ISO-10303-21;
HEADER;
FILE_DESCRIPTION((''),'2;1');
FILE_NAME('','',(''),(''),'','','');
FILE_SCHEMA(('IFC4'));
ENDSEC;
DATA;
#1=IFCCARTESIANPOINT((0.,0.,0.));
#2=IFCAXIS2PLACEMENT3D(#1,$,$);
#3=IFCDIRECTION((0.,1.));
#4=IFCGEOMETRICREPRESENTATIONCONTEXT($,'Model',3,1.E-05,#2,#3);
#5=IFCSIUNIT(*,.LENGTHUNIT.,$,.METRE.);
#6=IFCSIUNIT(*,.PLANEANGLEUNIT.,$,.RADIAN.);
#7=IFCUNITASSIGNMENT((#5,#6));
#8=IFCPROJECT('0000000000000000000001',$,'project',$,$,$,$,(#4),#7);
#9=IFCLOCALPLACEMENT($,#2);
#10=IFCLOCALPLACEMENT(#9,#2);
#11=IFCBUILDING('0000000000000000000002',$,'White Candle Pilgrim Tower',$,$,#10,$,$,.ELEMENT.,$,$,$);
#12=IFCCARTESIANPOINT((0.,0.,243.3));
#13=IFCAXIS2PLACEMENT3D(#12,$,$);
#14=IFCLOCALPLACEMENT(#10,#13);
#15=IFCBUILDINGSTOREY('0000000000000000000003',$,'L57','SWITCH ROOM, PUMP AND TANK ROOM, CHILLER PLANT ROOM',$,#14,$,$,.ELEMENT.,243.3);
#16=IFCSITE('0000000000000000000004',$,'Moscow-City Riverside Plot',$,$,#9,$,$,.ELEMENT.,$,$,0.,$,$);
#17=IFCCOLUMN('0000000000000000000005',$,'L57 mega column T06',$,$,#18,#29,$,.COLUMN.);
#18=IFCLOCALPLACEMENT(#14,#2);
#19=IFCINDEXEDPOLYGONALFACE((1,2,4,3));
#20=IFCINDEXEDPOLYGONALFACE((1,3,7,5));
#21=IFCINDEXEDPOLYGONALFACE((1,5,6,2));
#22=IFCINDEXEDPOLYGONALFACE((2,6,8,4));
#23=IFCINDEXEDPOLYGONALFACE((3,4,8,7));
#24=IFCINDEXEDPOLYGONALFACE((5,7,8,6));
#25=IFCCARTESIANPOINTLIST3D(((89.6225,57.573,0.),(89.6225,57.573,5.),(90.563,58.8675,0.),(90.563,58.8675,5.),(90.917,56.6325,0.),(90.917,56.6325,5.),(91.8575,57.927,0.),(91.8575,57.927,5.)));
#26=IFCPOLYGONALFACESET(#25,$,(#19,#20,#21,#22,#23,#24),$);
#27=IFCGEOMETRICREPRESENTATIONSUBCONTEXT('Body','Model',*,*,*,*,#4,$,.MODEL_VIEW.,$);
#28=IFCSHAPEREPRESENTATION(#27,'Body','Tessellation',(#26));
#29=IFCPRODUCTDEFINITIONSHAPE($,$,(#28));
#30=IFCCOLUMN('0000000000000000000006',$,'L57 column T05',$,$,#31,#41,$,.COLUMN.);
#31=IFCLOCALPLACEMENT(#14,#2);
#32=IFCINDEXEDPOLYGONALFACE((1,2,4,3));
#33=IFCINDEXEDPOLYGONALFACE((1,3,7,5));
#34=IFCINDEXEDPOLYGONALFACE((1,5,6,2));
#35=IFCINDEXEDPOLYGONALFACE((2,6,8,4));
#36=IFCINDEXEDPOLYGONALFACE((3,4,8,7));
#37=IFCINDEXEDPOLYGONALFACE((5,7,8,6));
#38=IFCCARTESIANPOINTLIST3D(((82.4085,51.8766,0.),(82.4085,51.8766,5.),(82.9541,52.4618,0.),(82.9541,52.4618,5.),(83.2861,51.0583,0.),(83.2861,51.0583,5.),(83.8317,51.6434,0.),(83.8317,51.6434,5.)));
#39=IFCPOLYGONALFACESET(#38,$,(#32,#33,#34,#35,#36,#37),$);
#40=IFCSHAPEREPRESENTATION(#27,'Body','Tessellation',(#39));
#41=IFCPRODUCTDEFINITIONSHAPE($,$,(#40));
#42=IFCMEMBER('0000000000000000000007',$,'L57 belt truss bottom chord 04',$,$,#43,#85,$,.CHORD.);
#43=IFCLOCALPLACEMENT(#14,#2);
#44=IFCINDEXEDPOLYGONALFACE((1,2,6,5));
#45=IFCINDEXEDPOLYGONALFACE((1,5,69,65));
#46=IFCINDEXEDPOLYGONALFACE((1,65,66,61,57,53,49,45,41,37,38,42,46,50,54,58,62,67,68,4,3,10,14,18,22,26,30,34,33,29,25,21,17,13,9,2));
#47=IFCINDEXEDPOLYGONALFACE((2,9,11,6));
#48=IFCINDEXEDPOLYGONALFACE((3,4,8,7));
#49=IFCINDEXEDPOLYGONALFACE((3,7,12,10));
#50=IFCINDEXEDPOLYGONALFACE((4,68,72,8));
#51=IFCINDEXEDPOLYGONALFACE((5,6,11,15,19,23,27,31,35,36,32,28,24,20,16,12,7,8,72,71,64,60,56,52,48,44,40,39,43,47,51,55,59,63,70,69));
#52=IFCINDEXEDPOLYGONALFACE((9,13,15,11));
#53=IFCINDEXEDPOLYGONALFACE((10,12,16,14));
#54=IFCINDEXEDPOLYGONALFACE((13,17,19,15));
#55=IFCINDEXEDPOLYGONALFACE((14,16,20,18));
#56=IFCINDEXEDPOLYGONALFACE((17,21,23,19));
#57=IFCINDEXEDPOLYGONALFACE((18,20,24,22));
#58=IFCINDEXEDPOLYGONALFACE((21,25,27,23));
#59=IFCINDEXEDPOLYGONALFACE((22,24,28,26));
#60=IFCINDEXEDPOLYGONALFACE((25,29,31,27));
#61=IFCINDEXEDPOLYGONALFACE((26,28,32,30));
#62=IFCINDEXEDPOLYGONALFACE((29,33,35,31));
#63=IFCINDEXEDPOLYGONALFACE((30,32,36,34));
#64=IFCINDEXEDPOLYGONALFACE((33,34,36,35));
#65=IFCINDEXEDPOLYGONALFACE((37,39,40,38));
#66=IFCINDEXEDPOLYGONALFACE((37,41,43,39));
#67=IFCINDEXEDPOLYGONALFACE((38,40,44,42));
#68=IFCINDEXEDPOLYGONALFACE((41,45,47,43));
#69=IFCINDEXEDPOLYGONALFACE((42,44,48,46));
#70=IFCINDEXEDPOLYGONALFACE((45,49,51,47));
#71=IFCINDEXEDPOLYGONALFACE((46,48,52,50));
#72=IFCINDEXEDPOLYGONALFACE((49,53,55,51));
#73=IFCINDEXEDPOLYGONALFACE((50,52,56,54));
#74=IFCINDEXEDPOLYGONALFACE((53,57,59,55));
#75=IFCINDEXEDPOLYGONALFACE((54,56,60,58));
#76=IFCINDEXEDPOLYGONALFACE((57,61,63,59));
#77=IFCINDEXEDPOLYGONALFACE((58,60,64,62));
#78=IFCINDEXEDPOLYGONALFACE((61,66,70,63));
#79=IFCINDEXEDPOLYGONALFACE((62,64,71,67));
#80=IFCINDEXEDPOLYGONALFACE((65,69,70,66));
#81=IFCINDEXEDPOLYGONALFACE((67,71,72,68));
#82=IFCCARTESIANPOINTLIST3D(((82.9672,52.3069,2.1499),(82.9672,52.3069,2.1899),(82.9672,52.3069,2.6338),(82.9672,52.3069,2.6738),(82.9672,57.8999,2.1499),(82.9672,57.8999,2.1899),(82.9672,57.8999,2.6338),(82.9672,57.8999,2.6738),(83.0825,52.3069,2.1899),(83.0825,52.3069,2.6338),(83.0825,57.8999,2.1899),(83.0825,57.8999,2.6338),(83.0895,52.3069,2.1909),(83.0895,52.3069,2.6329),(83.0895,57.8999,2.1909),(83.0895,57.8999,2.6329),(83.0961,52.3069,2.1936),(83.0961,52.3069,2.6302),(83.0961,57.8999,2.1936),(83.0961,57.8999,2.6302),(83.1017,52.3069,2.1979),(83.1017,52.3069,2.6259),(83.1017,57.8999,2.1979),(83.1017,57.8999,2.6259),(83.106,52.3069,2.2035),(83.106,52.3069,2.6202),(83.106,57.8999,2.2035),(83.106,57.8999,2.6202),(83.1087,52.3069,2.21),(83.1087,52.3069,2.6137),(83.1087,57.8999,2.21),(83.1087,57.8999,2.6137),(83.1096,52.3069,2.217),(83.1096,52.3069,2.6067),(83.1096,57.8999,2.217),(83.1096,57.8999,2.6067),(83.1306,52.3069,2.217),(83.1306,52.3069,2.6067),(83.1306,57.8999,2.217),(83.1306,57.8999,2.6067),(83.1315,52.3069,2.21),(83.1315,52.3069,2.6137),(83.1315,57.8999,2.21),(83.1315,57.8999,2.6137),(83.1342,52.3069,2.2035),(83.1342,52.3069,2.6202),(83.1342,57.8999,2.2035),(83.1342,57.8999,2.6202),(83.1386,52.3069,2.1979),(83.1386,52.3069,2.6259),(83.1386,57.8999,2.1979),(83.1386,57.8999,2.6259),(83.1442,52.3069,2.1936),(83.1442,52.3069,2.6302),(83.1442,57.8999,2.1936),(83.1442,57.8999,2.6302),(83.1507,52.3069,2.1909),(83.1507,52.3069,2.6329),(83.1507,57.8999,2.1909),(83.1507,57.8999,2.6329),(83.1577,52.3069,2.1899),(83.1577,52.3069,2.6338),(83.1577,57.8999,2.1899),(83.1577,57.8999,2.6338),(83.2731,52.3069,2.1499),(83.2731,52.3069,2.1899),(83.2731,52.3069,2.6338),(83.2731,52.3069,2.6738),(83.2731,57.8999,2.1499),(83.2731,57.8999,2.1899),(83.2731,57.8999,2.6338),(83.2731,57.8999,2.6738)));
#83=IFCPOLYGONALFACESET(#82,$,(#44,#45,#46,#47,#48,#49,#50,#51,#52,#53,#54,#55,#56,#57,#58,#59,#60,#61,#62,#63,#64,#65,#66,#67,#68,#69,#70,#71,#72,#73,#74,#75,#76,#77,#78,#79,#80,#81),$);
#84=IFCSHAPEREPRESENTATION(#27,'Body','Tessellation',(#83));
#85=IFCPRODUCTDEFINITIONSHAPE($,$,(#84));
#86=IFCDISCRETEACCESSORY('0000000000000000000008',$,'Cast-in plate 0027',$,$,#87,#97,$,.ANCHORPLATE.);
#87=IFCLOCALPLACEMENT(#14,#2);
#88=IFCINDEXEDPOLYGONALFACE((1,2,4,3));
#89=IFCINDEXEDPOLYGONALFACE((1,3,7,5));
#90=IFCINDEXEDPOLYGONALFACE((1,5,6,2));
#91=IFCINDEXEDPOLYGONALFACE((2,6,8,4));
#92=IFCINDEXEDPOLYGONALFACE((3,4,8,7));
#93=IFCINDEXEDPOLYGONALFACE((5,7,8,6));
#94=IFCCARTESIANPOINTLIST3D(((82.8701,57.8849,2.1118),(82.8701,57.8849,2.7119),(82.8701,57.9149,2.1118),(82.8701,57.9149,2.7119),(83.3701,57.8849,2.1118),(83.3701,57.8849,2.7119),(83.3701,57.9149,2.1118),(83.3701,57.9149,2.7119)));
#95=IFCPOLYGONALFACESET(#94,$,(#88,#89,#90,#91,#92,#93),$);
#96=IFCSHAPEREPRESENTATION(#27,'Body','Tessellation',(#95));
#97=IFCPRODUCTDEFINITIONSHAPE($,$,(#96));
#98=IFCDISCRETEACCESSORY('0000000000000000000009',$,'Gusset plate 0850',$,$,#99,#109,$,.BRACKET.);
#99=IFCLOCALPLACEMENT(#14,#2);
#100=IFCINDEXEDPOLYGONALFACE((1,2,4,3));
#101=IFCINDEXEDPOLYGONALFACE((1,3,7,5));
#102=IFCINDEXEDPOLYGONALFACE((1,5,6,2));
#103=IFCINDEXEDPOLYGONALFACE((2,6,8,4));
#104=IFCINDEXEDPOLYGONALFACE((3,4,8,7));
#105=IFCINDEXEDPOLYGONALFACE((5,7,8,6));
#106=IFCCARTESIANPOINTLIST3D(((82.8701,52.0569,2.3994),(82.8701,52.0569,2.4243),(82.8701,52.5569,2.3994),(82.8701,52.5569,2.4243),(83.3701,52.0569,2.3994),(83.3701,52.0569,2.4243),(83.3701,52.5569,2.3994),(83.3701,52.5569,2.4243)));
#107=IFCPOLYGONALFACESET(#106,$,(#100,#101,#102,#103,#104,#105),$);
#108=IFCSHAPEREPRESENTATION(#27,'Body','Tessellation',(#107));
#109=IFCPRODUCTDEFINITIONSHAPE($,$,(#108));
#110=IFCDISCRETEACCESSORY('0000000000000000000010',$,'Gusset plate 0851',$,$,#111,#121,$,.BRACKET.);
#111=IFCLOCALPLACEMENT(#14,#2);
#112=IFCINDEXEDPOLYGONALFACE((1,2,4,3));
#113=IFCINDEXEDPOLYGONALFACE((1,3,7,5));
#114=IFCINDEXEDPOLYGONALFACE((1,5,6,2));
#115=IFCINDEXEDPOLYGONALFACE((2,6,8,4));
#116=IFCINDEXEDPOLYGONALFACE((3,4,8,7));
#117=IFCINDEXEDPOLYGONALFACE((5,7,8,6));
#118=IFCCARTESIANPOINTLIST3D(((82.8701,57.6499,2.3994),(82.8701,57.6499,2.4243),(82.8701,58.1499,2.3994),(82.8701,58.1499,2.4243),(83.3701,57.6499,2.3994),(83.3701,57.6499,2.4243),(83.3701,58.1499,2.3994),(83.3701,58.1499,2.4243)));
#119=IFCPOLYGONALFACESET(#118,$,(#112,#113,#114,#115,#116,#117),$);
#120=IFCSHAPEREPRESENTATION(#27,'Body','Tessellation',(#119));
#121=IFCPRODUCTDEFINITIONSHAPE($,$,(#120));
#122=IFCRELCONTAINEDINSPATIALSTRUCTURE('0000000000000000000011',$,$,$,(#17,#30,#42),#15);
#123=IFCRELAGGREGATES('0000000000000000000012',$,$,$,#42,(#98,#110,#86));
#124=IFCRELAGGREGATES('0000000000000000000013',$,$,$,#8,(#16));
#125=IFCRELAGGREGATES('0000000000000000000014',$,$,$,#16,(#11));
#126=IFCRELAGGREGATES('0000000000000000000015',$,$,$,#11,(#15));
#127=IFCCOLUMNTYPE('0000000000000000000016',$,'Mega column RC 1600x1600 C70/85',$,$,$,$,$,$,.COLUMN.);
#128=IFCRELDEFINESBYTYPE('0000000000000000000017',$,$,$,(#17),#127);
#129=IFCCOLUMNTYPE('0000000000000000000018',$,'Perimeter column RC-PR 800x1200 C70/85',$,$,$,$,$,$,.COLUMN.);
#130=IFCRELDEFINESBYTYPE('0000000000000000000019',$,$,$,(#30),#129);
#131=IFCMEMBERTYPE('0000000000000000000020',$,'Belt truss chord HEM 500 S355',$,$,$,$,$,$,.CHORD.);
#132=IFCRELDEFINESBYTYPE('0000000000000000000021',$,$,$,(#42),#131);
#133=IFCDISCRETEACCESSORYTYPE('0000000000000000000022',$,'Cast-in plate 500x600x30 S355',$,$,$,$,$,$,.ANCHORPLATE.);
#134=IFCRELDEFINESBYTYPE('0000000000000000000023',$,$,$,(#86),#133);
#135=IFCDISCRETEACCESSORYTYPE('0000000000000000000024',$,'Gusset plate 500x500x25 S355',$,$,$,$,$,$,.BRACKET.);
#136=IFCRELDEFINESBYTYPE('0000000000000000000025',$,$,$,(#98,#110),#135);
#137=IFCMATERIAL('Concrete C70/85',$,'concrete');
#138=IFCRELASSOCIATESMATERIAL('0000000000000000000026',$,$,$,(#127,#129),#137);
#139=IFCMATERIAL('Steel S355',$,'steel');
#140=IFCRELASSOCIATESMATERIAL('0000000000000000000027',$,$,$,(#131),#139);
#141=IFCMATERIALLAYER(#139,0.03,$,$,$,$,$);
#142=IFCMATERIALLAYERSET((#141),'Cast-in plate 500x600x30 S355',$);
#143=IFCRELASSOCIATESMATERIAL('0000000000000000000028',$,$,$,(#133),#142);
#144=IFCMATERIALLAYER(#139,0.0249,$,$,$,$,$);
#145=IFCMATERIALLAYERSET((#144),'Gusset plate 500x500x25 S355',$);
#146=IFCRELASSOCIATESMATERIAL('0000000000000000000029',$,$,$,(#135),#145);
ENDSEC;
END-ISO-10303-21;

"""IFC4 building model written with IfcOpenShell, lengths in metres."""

from ifc_helpers import new_model, si_unit, direction, frame, origin, origin_2d, place, context, subcontext, project, spatial, rectangle, i_section, extrude, material, layer, layer_set, material_profile, profile_set, type_object, element, aggregate, save


model = new_model("IFC4")

# Units and contexts
model_context = context("Model", 3, precision=1e-05, world=origin(), true_north=direction((0.0, 1.0)))
body_context = subcontext(model_context, "Body", "Model", "MODEL_VIEW")
ifc_project = project(units=[si_unit("LENGTHUNIT", "METRE"), si_unit("PLANEANGLEUNIT", "RADIAN")], contexts=[model_context])

# Site, building, storey
site_placement = place(None, origin())
site = spatial("IfcSite", under=ifc_project, at=site_placement, Name="Moscow-City Riverside Plot", CompositionType="ELEMENT", RefElevation=0.0)
building_placement = place(site_placement, origin())
building = spatial("IfcBuilding", under=site, at=building_placement, Name="White Candle Pilgrim Tower", CompositionType="ELEMENT")
storey_placement = place(building_placement, frame((0.0, 0.0, 243.3)))
storey = spatial("IfcBuildingStorey", under=building, at=storey_placement, Name="L57", Description="SWITCH ROOM, PUMP AND TANK ROOM, CHILLER PLANT ROOM", CompositionType="ELEMENT", Elevation=243.3)

# Columns
ifc_material_1 = material(Name="Concrete C70/85", Category="concrete")
ifc_material_profile_1 = material_profile(ifc_material_1, rectangle(XDim=1.6001, YDim=1.6001, at=origin_2d()), Name="RC 1600x1600")
ifc_profile_set_1 = profile_set([ifc_material_profile_1], Name="Concrete C70/85")
column_type_1 = type_object("IfcColumnType", Name="Mega column RC 1600x1600 C70/85", PredefinedType="COLUMN", material=ifc_profile_set_1)
column_1_placement = place(storey_placement, frame((90.74, 57.75, 0.0), z_axis=(0.0, 0.0, 1.0), x_axis=(0.809017, -0.587785, 0.0)))
element("IfcColumn", 1, at=column_1_placement, inside=storey, type_object=column_type_1, Name="L57 mega column T06", PredefinedType="COLUMN", context=body_context, shape_type="SweptSolid", body=[
    extrude(rectangle(XDim=1.6001, YDim=1.6001, at=origin_2d()), origin(), (0.0, 0.0, 1.0), 5.0),
])
ifc_material_profile_2 = material_profile(ifc_material_1, rectangle(XDim=0.8, YDim=1.2, at=origin_2d()), Name="RC-PR 800x1200")
ifc_profile_set_2 = profile_set([ifc_material_profile_2], Name="Concrete C70/85")
column_type_2 = type_object("IfcColumnType", Name="Perimeter column RC-PR 800x1200 C70/85", PredefinedType="COLUMN", material=ifc_profile_set_2)
column_2_placement = place(storey_placement, frame((83.1201, 51.76, 0.0), z_axis=(0.0, 0.0, 1.0), x_axis=(-0.681998, -0.731354, 0.0)))
element("IfcColumn", 2, at=column_2_placement, inside=storey, type_object=column_type_2, Name="L57 column T05", PredefinedType="COLUMN", context=body_context, shape_type="SweptSolid", body=[
    extrude(rectangle(XDim=0.8, YDim=1.2, at=origin_2d()), origin(), (0.0, 0.0, 1.0), 5.0),
])

# Member
ifc_material_2 = material(Name="Steel S355", Category="steel")
ifc_material_profile_3 = material_profile(ifc_material_2, i_section(OverallWidth=0.3059, OverallDepth=0.5239, WebThickness=0.021, FlangeThickness=0.04, FilletRadius=0.0271, at=origin_2d()), Name="HEM 500")
ifc_profile_set_3 = profile_set([ifc_material_profile_3], Name="Steel S355")
member_type_1 = type_object("IfcMemberType", Name="Belt truss chord HEM 500 S355", PredefinedType="CHORD", material=ifc_profile_set_3)
member_1_placement = place(storey_placement, frame((83.1201, 52.3069, 2.4119), z_axis=(0.0, 1.0, 0.0), x_axis=(1.0, 0.0, 0.0)))
member_1 = element("IfcMember", 3, at=member_1_placement, inside=storey, type_object=member_type_1, Name="L57 belt truss bottom chord 04", PredefinedType="CHORD", context=body_context, shape_type="SweptSolid", body=[
    extrude(i_section(OverallWidth=0.3059, OverallDepth=0.5239, WebThickness=0.021, FlangeThickness=0.04, FilletRadius=0.0271, at=origin_2d()), origin(), (0.0, 0.0, 1.0), 5.593),
])

# Discrete accessories
ifc_layer_1 = layer(ifc_material_2, 0.03)
ifc_layer_set_1 = layer_set([ifc_layer_1], Name="Cast-in plate 500x600x30 S355")
discrete_accessory_type_1 = type_object("IfcDiscreteAccessoryType", Name="Cast-in plate 500x600x30 S355", PredefinedType="ANCHORPLATE", material=ifc_layer_set_1)
discrete_accessory_1_placement = place(storey_placement, frame((83.1201, 57.8999, 2.1118), z_axis=(0.0, 0.0, 1.0), x_axis=(0.0, -1.0, 0.0)))
discrete_accessory_1 = element("IfcDiscreteAccessory", 4, at=discrete_accessory_1_placement, type_object=discrete_accessory_type_1, Name="Cast-in plate 0027", PredefinedType="ANCHORPLATE", context=body_context, shape_type="SweptSolid", body=[
    extrude(rectangle(XDim=0.03, YDim=0.5, at=origin_2d()), origin(), (0.0, 0.0, 1.0), 0.6001),
])
ifc_layer_2 = layer(ifc_material_2, 0.0249)
ifc_layer_set_2 = layer_set([ifc_layer_2], Name="Gusset plate 500x500x25 S355")
discrete_accessory_type_2 = type_object("IfcDiscreteAccessoryType", Name="Gusset plate 500x500x25 S355", PredefinedType="BRACKET", material=ifc_layer_set_2)
discrete_accessory_2_placement = place(storey_placement, frame((83.1201, 52.3069, 2.3994), z_axis=(0.0, 0.0, 1.0), x_axis=(1.0, 0.0, 0.0)))
discrete_accessory_2 = element("IfcDiscreteAccessory", 5, at=discrete_accessory_2_placement, type_object=discrete_accessory_type_2, Name="Gusset plate 0850", PredefinedType="BRACKET", context=body_context, shape_type="SweptSolid", body=[
    extrude(rectangle(XDim=0.5, YDim=0.5, at=origin_2d()), origin(), (0.0, 0.0, 1.0), 0.0249),
])
discrete_accessory_3_placement = place(storey_placement, frame((83.1201, 57.8999, 2.3994), z_axis=(0.0, 0.0, 1.0), x_axis=(1.0, 0.0, 0.0)))
discrete_accessory_3 = element("IfcDiscreteAccessory", 6, at=discrete_accessory_3_placement, type_object=discrete_accessory_type_2, Name="Gusset plate 0851", PredefinedType="BRACKET", context=body_context, shape_type="SweptSolid", body=[
    extrude(rectangle(XDim=0.5, YDim=0.5, at=origin_2d()), origin(), (0.0, 0.0, 1.0), 0.0249),
])
aggregate(member_1, [discrete_accessory_2, discrete_accessory_3, discrete_accessory_1])

save(model, "model.ifc")
